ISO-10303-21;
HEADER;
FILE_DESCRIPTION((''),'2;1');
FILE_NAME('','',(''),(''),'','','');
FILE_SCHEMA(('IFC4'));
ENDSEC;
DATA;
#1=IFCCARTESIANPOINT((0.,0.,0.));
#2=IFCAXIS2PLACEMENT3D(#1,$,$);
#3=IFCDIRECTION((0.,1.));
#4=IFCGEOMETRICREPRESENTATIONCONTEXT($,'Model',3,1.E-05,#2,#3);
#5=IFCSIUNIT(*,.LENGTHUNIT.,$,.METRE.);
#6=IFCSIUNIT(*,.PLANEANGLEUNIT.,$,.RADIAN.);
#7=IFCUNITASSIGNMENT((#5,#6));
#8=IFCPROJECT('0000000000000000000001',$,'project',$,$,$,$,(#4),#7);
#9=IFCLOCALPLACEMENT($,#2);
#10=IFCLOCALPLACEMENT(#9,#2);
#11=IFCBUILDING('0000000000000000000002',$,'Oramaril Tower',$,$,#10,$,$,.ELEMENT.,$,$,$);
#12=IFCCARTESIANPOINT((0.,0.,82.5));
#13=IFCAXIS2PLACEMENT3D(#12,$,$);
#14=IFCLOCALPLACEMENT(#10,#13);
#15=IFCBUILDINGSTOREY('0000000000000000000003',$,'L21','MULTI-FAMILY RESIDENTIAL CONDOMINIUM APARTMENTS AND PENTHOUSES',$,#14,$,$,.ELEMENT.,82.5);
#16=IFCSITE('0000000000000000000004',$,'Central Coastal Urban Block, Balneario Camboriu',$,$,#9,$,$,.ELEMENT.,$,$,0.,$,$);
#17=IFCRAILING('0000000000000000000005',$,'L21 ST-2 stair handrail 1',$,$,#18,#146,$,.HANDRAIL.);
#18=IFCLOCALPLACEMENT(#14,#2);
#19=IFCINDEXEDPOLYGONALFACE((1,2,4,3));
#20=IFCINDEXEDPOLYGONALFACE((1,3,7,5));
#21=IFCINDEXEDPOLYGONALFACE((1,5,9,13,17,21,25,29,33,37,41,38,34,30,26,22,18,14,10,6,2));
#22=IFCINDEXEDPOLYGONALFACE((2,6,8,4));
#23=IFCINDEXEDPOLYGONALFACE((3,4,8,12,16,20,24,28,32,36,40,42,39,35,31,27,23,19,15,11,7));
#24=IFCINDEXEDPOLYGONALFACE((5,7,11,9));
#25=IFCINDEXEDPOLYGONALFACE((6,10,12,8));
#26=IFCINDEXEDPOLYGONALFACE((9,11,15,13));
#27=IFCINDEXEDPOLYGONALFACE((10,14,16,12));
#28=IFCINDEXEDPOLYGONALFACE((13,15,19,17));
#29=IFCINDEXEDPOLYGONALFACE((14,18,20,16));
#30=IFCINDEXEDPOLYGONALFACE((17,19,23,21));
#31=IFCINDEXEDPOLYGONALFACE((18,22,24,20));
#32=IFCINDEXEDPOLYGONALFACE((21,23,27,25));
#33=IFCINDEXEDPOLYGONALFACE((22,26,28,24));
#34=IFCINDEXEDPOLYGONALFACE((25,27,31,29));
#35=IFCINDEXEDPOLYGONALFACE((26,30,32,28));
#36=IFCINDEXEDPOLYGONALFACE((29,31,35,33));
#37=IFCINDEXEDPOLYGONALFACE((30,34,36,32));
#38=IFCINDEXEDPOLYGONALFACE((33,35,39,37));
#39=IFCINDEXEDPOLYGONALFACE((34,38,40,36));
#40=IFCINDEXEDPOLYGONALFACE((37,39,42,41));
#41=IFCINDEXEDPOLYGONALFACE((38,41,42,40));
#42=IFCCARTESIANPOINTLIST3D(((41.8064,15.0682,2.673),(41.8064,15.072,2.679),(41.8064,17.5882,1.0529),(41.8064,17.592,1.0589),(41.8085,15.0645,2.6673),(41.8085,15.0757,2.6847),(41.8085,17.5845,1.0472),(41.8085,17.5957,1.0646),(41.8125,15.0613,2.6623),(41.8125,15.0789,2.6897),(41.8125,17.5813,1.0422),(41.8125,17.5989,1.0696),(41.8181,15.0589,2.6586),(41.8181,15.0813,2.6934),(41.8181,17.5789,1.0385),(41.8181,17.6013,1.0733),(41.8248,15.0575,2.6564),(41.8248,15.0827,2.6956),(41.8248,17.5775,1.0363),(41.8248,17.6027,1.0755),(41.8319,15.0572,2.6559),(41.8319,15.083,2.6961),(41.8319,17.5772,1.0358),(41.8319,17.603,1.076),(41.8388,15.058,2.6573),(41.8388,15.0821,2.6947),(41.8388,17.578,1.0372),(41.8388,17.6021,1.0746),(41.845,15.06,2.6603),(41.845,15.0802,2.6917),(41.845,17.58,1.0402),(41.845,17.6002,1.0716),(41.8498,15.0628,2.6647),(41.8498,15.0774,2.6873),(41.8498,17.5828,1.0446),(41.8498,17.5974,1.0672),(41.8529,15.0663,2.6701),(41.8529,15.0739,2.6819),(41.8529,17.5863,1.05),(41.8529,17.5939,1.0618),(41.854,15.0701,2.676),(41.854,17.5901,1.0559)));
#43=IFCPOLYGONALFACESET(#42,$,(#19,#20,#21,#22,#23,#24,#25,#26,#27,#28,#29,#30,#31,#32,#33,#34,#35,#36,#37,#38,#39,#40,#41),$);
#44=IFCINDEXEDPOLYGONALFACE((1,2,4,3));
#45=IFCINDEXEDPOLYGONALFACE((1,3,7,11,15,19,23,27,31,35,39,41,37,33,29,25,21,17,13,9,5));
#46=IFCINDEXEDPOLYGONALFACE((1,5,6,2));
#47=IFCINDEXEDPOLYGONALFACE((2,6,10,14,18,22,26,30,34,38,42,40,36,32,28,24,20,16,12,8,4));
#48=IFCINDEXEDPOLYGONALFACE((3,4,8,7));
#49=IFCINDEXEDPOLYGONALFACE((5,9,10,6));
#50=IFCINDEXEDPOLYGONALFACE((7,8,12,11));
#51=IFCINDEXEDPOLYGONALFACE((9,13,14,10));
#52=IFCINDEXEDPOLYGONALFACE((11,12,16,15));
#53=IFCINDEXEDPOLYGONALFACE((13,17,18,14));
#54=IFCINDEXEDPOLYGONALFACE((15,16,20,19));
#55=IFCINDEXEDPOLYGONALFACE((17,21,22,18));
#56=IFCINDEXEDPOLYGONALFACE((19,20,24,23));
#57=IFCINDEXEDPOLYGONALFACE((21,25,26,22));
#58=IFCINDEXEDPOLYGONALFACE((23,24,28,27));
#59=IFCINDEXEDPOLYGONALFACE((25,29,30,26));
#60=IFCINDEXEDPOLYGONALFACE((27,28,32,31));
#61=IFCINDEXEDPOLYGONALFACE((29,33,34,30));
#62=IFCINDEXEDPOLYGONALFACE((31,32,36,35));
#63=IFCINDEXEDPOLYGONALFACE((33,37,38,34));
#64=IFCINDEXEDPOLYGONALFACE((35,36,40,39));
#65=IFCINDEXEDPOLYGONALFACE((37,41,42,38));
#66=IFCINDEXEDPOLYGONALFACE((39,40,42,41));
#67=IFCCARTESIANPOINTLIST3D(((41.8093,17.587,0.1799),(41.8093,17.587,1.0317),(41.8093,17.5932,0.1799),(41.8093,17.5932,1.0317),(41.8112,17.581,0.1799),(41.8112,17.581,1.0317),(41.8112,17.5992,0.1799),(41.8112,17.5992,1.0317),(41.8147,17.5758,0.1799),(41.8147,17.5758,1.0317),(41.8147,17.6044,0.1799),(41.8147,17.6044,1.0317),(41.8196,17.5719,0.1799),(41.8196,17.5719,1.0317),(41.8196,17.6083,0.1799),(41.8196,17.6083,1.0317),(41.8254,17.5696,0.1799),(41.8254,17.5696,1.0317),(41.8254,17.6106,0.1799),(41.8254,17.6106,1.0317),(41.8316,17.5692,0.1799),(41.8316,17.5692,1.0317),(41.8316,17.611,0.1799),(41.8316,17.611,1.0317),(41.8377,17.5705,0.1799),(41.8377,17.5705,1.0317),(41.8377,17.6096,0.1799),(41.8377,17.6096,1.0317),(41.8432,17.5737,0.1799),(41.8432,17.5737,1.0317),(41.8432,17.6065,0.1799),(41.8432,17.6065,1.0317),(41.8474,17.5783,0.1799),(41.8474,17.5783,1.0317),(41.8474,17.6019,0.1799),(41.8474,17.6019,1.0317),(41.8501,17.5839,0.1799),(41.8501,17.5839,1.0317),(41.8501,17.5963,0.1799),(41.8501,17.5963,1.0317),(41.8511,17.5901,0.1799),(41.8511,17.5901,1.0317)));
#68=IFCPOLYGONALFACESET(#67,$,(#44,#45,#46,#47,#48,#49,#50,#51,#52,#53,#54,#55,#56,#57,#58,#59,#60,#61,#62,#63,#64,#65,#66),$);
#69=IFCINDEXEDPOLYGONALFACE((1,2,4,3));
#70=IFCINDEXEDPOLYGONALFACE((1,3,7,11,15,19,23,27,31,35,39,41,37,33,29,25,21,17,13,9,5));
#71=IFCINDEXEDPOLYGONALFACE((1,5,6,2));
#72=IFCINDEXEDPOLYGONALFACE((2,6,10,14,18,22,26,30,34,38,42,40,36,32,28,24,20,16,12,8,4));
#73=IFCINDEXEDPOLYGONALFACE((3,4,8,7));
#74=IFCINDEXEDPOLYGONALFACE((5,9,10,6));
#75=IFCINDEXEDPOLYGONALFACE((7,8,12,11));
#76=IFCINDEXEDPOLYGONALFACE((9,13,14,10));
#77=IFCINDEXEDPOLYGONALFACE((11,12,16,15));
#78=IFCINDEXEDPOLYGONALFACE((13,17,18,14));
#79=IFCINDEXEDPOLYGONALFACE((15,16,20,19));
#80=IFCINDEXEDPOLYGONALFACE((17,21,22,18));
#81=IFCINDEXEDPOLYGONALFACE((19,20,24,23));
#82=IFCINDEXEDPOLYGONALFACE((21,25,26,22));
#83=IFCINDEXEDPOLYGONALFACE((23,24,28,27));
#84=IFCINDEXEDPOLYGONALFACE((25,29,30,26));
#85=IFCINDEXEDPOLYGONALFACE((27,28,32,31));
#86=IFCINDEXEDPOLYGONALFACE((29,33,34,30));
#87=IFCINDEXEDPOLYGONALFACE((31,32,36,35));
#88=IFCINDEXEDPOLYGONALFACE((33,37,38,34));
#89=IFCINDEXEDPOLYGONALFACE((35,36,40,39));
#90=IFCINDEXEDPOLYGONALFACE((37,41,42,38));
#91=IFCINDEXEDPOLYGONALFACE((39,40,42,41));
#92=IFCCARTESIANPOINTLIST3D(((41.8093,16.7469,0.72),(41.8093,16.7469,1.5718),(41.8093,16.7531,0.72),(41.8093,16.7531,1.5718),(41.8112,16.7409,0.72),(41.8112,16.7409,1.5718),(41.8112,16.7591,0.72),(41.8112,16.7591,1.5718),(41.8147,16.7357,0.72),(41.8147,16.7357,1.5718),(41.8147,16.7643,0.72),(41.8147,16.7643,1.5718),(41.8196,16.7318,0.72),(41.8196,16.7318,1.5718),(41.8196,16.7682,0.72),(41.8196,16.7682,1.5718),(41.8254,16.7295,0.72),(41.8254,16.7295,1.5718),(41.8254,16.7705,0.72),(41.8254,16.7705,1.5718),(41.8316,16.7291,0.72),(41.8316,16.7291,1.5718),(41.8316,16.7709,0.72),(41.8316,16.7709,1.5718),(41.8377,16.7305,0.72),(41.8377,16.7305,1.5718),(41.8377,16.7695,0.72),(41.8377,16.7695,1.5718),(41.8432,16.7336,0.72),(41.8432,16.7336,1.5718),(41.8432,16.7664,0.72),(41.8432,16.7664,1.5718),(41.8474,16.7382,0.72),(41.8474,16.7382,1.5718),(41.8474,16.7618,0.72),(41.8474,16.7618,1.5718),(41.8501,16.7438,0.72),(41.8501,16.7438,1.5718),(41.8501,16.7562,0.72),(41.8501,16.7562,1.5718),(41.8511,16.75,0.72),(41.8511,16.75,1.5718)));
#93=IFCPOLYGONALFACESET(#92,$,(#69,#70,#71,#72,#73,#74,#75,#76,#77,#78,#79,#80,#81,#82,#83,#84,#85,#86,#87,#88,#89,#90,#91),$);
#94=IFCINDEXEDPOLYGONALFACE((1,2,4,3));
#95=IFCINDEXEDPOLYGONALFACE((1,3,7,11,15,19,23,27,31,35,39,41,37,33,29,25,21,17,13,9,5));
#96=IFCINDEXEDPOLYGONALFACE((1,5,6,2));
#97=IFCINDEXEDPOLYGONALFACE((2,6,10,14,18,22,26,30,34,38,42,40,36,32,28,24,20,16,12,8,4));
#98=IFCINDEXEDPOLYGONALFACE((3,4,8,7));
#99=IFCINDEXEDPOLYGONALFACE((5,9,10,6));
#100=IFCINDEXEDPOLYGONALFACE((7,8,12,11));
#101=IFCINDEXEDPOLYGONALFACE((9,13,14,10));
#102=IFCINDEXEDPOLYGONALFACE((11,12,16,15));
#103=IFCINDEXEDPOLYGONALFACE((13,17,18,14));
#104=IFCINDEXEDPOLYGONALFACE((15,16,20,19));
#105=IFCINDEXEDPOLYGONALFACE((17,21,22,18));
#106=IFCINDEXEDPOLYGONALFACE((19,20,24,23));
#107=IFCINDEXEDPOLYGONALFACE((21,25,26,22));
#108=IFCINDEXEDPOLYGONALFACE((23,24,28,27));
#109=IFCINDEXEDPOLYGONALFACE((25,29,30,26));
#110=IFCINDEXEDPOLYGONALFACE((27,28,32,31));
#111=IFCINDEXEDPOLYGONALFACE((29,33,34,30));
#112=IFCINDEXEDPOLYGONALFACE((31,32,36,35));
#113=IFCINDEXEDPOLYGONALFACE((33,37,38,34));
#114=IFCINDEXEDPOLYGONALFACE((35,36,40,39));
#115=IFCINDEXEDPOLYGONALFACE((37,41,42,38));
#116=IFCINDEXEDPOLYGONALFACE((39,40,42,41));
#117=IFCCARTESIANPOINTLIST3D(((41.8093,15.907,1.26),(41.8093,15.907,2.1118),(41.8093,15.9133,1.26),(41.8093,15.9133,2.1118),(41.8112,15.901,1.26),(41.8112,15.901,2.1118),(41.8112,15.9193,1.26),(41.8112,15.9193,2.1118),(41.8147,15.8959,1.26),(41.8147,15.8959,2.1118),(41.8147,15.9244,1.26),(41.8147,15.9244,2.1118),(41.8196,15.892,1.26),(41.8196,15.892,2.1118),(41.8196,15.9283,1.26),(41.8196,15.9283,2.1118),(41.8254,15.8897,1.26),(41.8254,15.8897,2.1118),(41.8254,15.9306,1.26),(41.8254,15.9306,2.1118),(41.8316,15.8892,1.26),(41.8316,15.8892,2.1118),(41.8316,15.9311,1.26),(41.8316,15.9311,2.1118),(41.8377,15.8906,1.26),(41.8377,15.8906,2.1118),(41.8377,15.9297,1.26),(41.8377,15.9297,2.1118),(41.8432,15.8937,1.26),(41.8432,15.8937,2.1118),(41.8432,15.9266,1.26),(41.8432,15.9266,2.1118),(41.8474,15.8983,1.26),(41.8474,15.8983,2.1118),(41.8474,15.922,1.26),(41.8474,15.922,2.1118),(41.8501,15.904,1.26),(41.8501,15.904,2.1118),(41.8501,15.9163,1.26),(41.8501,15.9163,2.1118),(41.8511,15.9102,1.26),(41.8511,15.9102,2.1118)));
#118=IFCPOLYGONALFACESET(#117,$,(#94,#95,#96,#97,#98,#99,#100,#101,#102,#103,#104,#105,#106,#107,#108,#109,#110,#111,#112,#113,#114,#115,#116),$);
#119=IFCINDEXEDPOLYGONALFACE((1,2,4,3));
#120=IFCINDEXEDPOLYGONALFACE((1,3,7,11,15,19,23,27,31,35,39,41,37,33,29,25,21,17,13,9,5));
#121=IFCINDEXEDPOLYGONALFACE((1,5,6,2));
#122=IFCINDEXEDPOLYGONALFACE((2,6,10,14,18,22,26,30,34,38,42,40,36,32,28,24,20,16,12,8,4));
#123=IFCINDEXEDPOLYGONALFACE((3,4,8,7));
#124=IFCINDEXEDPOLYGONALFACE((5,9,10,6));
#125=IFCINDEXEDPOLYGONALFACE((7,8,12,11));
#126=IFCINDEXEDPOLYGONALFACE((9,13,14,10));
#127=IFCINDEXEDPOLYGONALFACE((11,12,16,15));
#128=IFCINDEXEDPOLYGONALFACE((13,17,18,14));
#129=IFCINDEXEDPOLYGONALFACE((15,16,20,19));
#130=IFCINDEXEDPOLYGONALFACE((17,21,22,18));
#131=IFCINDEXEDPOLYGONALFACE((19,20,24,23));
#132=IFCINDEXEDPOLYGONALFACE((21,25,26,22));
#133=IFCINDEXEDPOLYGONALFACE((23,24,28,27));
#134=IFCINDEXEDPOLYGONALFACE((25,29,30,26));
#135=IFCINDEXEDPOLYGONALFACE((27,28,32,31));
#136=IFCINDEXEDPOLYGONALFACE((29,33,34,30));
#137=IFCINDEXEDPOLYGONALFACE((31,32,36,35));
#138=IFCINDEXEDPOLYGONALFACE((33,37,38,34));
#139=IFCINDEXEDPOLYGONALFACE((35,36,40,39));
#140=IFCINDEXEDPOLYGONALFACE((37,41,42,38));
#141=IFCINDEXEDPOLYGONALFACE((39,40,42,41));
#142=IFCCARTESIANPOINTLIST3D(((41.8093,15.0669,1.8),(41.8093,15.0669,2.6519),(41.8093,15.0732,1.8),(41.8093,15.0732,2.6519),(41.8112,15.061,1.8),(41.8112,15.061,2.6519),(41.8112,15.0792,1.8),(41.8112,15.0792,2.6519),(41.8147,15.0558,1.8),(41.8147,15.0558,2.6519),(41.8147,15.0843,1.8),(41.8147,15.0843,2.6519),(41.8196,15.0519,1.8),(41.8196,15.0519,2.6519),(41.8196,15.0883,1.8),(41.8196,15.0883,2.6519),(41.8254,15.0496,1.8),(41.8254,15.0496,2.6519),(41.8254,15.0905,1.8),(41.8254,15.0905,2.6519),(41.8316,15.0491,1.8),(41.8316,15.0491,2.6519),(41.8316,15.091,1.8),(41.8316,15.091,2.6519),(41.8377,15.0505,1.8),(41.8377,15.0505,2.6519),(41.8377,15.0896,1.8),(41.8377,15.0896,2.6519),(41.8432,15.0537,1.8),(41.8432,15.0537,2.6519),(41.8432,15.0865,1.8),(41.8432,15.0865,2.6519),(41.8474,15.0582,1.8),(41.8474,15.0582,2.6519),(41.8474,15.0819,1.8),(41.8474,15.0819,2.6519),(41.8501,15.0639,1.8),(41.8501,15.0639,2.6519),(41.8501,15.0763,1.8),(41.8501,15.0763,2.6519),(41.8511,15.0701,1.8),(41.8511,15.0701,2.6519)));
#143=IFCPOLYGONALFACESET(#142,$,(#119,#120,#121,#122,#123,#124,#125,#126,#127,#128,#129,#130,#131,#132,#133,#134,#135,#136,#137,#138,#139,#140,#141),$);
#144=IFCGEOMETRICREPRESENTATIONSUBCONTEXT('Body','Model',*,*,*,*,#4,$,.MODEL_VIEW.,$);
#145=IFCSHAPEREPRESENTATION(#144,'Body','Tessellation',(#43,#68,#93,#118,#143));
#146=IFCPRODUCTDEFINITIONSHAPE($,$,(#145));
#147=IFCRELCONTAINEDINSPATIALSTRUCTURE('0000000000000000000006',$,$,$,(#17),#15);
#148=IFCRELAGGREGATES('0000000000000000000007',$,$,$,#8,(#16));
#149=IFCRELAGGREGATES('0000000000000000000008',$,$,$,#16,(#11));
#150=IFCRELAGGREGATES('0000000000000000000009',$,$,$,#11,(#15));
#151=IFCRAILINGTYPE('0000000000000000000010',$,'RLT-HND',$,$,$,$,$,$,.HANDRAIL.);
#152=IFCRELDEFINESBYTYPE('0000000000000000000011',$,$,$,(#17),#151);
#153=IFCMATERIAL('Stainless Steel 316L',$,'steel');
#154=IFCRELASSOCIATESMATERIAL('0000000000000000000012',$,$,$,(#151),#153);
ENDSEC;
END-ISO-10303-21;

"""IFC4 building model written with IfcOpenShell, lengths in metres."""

from ifc_helpers import new_model, si_unit, direction, frame, origin, origin_2d, place, context, subcontext, project, spatial, circle, extrude, material, type_object, element, save


model = new_model("IFC4")

# Units and contexts
model_context = context("Model", 3, precision=1e-05, world=origin(), true_north=direction((0.0, 1.0)))
body_context = subcontext(model_context, "Body", "Model", "MODEL_VIEW")
ifc_project = project(units=[si_unit("LENGTHUNIT", "METRE"), si_unit("PLANEANGLEUNIT", "RADIAN")], contexts=[model_context])

# Site, building, storey
site_placement = place(None, origin())
site = spatial("IfcSite", under=ifc_project, at=site_placement, Name="Central Coastal Urban Block, Balneario Camboriu", CompositionType="ELEMENT", RefElevation=0.0)
building_placement = place(site_placement, origin())
building = spatial("IfcBuilding", under=site, at=building_placement, Name="Oramaril Tower", CompositionType="ELEMENT")
storey_placement = place(building_placement, frame((0.0, 0.0, 82.5)))
storey = spatial("IfcBuildingStorey", under=building, at=storey_placement, Name="L21", Description="MULTI-FAMILY RESIDENTIAL CONDOMINIUM APARTMENTS AND PENTHOUSES", CompositionType="ELEMENT", Elevation=82.5)

# Railing
ifc_material_1 = material(Name="Stainless Steel 316L", Category="steel")
railing_type_1 = type_object("IfcRailingType", Name="RLT-HND", PredefinedType="HANDRAIL", material=ifc_material_1)
railing_1_placement = place(storey_placement, frame((41.8301, 17.5901, 0.1799)))
element("IfcRailing", 1, at=railing_1_placement, inside=storey, type_object=railing_type_1, Name="L21 ST-2 stair handrail 1", PredefinedType="HANDRAIL", context=body_context, shape_type="SweptSolid", body=[
    extrude(circle(Radius=0.0239, at=origin_2d()), frame((0.0, 0.0, 0.876), z_axis=(0.0, -0.841163, 0.540782), x_axis=(1.0, 0.0, 0.0)), (0.0, 0.0, 1.0), 2.9958),
    extrude(circle(Radius=0.021, at=origin_2d()), origin(), (0.0, 0.0, 1.0), 0.8518),
    extrude(circle(Radius=0.021, at=origin_2d()), frame((0.0, -0.8401, 0.54)), (0.0, 0.0, 1.0), 0.8518),
    extrude(circle(Radius=0.021, at=origin_2d()), frame((0.0, -1.6799, 1.0801)), (0.0, 0.0, 1.0), 0.8518),
    extrude(circle(Radius=0.021, at=origin_2d()), frame((0.0, -2.52, 1.6201)), (0.0, 0.0, 1.0), 0.8518),
])

save(model, "model.ifc")
